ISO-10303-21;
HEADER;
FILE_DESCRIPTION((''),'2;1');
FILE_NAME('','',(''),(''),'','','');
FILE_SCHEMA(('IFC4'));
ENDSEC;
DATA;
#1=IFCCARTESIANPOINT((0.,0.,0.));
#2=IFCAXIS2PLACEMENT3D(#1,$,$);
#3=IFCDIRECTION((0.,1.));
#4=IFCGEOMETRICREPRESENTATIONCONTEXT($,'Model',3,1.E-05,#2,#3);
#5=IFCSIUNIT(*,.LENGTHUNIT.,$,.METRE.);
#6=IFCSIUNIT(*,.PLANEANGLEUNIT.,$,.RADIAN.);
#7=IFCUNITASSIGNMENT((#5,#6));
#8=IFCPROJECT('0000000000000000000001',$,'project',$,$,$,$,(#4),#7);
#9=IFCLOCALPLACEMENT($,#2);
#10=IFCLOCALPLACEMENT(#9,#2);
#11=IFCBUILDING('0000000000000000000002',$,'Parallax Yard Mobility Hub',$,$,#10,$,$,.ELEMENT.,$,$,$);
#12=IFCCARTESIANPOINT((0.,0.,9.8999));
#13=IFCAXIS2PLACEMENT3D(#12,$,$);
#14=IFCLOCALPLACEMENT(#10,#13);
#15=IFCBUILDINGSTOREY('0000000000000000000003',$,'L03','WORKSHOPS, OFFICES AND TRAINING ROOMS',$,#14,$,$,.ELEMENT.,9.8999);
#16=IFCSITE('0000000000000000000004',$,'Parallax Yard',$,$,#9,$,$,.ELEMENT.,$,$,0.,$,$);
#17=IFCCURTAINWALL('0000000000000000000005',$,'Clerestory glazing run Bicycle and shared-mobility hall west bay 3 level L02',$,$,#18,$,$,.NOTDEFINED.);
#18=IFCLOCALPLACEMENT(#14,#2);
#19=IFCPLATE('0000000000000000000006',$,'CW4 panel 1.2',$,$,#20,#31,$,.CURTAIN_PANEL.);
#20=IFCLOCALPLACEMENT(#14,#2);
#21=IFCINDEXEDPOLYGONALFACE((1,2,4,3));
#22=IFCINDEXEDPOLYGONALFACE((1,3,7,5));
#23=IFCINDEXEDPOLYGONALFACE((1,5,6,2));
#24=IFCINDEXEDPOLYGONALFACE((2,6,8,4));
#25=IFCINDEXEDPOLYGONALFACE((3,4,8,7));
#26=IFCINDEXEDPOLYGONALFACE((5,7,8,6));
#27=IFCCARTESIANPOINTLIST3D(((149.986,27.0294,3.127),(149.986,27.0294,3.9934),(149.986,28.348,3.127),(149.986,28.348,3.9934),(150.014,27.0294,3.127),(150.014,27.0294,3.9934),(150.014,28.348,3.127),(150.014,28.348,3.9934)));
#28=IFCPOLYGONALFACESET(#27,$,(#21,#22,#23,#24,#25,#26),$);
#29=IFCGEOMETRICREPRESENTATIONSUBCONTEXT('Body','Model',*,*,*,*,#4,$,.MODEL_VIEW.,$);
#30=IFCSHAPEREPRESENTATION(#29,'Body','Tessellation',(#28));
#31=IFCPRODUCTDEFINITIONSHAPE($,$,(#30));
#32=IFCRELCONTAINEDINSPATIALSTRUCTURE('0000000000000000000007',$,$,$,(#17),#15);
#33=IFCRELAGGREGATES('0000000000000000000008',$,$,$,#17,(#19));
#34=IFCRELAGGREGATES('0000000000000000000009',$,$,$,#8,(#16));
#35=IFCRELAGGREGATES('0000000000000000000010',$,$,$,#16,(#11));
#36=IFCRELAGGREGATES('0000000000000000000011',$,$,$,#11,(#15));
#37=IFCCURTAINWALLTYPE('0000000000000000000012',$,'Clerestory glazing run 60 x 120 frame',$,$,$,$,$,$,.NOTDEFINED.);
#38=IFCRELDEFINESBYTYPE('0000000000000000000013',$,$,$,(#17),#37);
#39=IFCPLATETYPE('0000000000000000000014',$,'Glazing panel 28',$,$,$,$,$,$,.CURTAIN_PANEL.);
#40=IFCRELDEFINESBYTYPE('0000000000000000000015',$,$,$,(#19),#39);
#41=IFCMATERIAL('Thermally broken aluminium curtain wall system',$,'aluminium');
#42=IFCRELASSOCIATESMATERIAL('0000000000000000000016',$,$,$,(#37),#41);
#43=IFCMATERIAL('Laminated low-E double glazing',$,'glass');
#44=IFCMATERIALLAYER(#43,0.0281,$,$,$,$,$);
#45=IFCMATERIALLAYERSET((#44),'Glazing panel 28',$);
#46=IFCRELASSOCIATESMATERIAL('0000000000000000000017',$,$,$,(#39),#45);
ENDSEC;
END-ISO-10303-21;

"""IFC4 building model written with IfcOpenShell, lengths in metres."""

from ifc_helpers import new_model, si_unit, direction, frame, origin, origin_2d, place, context, subcontext, project, spatial, rectangle, extrude, material, layer, layer_set, type_object, element, aggregate, save


model = new_model("IFC4")

# Units and contexts
model_context = context("Model", 3, precision=1e-05, world=origin(), true_north=direction((0.0, 1.0)))
body_context = subcontext(model_context, "Body", "Model", "MODEL_VIEW")
ifc_project = project(units=[si_unit("LENGTHUNIT", "METRE"), si_unit("PLANEANGLEUNIT", "RADIAN")], contexts=[model_context])

# Site, building, storey
site_placement = place(None, origin())
site = spatial("IfcSite", under=ifc_project, at=site_placement, Name="Parallax Yard", CompositionType="ELEMENT", RefElevation=0.0)
building_placement = place(site_placement, origin())
building = spatial("IfcBuilding", under=site, at=building_placement, Name="Parallax Yard Mobility Hub", CompositionType="ELEMENT")
storey_placement = place(building_placement, frame((0.0, 0.0, 9.8999)))
storey = spatial("IfcBuildingStorey", under=building, at=storey_placement, Name="L03", Description="WORKSHOPS, OFFICES AND TRAINING ROOMS", CompositionType="ELEMENT", Elevation=9.8999)

# Shared definitions
ifc_material_1 = material(Name="Thermally broken aluminium curtain wall system", Category="aluminium")
curtain_wall_type = type_object("IfcCurtainWallType", Name="Clerestory glazing run 60 x 120 frame", PredefinedType="NOTDEFINED", material=ifc_material_1)

# Curtain wall
curtain_wall_1_placement = place(storey_placement, origin())
curtain_wall_1 = element("IfcCurtainWall", 1, at=curtain_wall_1_placement, inside=storey, type_object=curtain_wall_type, Name="Clerestory glazing run Bicycle and shared-mobility hall west bay 3 level L02", PredefinedType="NOTDEFINED")

# Plate
ifc_material_2 = material(Name="Laminated low-E double glazing", Category="glass")
ifc_layer = layer(ifc_material_2, 0.0281)
ifc_layer_set = layer_set([ifc_layer], Name="Glazing panel 28")
plate_type = type_object("IfcPlateType", Name="Glazing panel 28", PredefinedType="CURTAIN_PANEL", material=ifc_layer_set)
plate_1_placement = place(storey_placement, frame((150.0, 27.6887, 3.127), z_axis=(0.0, 0.0, 1.0), x_axis=(0.0, 1.0, 0.0)))
plate_1 = element("IfcPlate", 2, at=plate_1_placement, type_object=plate_type, Name="CW4 panel 1.2", PredefinedType="CURTAIN_PANEL", context=body_context, shape_type="SweptSolid", body=[
    extrude(rectangle(XDim=1.3186, YDim=0.0281, at=origin_2d()), origin(), (0.0, 0.0, 1.0), 0.8665),
])
aggregate(curtain_wall_1, [plate_1])

save(model, "model.ifc")
